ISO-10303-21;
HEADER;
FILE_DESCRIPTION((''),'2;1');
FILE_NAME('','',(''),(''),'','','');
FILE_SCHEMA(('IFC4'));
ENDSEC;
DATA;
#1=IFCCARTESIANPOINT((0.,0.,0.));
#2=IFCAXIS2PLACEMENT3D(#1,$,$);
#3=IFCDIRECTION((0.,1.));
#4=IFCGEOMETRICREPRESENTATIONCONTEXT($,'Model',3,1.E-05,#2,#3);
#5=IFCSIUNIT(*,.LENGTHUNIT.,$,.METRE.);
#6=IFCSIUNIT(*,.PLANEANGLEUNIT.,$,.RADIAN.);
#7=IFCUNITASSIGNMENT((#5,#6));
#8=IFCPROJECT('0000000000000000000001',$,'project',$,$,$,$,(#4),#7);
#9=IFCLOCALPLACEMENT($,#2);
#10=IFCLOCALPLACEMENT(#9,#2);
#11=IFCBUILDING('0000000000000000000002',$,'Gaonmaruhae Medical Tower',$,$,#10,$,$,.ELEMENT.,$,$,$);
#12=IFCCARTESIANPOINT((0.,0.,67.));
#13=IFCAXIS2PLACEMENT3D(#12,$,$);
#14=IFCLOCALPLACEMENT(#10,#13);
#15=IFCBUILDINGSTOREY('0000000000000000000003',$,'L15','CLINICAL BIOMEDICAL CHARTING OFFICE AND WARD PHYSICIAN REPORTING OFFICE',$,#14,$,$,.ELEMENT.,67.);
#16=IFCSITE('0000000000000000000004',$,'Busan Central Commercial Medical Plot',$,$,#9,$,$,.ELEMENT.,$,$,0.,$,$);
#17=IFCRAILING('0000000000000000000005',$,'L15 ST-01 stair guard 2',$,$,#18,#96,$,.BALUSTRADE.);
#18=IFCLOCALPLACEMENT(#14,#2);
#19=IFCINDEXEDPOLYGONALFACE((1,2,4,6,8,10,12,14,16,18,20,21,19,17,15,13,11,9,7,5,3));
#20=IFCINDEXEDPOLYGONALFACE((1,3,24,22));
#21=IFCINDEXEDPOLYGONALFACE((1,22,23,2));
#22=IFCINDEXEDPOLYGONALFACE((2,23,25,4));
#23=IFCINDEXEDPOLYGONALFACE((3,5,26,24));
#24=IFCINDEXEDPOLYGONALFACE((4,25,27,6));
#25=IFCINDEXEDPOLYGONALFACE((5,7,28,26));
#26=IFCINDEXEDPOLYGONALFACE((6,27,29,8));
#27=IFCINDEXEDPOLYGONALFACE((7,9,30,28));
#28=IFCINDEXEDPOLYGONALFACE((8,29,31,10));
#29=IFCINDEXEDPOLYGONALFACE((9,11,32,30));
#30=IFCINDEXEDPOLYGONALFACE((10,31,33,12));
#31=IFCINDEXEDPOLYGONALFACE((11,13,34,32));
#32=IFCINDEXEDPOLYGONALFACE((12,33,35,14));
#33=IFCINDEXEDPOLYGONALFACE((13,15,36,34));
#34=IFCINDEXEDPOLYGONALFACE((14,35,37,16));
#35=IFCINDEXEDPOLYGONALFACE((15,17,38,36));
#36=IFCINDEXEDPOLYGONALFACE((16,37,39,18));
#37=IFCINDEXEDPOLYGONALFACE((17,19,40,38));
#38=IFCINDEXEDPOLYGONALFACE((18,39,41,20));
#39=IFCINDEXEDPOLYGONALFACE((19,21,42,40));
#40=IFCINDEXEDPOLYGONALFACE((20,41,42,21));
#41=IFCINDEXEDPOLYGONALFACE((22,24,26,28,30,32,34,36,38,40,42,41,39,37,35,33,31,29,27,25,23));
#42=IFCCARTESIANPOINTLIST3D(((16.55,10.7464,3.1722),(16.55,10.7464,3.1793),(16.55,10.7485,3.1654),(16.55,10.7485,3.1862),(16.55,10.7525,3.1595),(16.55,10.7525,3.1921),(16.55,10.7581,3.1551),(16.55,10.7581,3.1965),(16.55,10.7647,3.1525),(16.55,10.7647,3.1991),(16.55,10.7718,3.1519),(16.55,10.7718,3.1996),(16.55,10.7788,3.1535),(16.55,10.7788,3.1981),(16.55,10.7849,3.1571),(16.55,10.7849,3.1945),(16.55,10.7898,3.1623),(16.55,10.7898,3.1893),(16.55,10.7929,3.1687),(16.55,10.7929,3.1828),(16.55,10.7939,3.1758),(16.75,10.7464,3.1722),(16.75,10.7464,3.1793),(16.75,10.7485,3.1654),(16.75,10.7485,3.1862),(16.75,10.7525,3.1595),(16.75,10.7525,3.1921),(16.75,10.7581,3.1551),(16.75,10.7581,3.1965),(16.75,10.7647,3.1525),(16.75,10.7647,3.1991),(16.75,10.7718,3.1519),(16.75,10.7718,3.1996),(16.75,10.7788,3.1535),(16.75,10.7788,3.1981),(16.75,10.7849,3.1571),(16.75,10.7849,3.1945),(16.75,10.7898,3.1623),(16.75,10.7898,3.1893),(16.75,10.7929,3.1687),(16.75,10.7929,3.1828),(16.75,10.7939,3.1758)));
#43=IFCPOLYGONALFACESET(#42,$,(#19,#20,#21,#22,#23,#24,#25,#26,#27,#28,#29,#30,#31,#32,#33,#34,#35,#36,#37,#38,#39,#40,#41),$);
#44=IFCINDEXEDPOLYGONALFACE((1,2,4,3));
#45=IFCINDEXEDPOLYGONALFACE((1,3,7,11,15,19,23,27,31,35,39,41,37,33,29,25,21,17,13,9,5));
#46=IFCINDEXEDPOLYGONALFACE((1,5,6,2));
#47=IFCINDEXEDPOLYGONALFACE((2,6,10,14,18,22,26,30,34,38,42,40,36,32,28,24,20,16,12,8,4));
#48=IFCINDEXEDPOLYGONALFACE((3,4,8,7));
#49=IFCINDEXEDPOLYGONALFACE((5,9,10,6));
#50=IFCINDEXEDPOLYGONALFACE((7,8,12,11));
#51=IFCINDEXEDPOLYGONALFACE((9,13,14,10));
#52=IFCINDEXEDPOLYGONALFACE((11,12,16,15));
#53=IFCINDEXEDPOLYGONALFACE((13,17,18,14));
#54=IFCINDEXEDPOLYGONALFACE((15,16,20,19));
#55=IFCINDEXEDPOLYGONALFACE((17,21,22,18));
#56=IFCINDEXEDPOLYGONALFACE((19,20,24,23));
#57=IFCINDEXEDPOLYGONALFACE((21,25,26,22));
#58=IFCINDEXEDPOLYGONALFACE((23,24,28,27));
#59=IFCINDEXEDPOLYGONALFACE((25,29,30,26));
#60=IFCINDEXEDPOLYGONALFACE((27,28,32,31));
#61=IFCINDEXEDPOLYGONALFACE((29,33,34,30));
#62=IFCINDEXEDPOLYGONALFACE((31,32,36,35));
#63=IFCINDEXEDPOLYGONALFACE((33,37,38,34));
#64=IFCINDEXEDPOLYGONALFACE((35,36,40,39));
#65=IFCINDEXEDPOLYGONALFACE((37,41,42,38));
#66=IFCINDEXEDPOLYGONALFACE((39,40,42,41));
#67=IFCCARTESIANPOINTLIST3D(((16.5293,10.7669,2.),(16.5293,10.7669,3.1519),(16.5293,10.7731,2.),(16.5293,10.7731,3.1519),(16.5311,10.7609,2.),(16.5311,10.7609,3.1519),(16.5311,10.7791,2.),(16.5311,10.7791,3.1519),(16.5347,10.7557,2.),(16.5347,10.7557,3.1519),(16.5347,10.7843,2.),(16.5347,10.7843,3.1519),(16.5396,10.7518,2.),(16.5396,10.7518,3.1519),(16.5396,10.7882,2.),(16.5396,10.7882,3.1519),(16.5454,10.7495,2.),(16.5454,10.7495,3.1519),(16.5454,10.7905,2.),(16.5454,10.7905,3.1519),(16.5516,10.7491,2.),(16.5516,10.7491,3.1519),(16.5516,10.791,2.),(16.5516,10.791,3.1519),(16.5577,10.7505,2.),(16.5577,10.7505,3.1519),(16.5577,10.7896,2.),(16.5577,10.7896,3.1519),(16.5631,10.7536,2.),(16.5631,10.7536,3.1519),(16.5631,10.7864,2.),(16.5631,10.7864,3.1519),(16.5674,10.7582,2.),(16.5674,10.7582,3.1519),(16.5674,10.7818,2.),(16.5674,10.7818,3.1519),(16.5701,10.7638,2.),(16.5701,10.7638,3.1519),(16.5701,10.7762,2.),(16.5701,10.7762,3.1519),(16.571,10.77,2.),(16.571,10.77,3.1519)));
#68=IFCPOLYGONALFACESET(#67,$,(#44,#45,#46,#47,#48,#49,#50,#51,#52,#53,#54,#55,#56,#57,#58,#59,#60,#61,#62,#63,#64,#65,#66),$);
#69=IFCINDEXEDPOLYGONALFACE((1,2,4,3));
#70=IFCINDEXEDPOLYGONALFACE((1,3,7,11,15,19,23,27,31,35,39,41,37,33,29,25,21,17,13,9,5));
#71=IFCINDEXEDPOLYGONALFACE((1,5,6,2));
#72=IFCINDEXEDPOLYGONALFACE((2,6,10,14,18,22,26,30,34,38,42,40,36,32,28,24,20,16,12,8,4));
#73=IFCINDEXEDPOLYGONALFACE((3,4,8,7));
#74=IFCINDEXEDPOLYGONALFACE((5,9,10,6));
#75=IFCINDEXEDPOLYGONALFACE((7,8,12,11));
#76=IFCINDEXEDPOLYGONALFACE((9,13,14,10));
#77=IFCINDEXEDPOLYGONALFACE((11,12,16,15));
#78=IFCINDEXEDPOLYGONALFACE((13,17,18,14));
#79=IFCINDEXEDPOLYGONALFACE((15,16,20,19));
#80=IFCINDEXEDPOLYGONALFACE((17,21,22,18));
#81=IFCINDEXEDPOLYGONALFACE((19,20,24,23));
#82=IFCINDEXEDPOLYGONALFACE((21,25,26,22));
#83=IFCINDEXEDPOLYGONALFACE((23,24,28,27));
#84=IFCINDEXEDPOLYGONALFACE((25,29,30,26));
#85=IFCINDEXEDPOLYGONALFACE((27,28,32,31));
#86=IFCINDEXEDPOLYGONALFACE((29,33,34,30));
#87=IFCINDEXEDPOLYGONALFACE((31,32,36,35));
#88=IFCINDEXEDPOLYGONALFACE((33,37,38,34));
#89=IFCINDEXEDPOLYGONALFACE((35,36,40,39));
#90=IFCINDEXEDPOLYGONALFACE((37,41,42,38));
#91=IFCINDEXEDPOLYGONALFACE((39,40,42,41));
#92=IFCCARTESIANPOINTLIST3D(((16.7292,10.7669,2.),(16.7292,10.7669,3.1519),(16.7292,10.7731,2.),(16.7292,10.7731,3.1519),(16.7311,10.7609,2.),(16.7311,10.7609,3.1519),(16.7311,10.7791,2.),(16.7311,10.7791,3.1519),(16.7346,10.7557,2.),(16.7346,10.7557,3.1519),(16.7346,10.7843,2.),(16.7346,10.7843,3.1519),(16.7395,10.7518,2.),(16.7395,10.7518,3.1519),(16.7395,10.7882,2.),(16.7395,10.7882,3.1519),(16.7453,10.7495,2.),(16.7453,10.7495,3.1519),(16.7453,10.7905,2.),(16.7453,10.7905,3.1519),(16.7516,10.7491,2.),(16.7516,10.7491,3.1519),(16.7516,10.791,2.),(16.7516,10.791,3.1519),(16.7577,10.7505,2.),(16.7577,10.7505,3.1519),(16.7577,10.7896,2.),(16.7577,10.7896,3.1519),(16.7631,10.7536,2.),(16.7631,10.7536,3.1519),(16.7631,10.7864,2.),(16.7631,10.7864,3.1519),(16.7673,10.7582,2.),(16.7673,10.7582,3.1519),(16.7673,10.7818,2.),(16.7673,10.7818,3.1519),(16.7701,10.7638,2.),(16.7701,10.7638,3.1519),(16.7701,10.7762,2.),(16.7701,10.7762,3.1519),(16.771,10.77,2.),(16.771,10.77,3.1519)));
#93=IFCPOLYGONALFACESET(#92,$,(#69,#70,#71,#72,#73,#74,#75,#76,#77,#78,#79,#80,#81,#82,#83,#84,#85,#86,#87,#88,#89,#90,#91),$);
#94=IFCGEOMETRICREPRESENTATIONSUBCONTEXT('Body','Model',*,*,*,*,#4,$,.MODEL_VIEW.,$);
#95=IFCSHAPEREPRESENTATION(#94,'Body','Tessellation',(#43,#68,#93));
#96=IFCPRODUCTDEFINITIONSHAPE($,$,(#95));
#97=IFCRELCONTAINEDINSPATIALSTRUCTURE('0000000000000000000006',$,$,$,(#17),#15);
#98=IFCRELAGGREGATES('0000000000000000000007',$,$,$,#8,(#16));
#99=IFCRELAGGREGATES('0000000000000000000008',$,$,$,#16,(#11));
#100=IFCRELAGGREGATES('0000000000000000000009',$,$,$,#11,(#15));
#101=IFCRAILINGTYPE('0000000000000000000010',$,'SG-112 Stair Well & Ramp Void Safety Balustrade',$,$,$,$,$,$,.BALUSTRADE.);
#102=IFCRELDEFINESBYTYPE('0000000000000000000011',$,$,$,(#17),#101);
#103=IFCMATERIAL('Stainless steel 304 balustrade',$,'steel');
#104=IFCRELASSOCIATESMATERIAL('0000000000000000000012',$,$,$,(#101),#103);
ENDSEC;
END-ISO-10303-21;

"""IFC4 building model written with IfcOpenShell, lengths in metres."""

from ifc_helpers import new_model, si_unit, direction, frame, origin, origin_2d, place, context, subcontext, project, spatial, circle, extrude, material, type_object, element, save


model = new_model("IFC4")

# Units and contexts
model_context = context("Model", 3, precision=1e-05, world=origin(), true_north=direction((0.0, 1.0)))
body_context = subcontext(model_context, "Body", "Model", "MODEL_VIEW")
ifc_project = project(units=[si_unit("LENGTHUNIT", "METRE"), si_unit("PLANEANGLEUNIT", "RADIAN")], contexts=[model_context])

# Site, building, storey
site_placement = place(None, origin())
site = spatial("IfcSite", under=ifc_project, at=site_placement, Name="Busan Central Commercial Medical Plot", CompositionType="ELEMENT", RefElevation=0.0)
building_placement = place(site_placement, origin())
building = spatial("IfcBuilding", under=site, at=building_placement, Name="Gaonmaruhae Medical Tower", CompositionType="ELEMENT")
storey_placement = place(building_placement, frame((0.0, 0.0, 67.0)))
storey = spatial("IfcBuildingStorey", under=building, at=storey_placement, Name="L15", Description="CLINICAL BIOMEDICAL CHARTING OFFICE AND WARD PHYSICIAN REPORTING OFFICE", CompositionType="ELEMENT", Elevation=67.0)

# Railing
ifc_material_1 = material(Name="Stainless steel 304 balustrade", Category="steel")
railing_type_1 = type_object("IfcRailingType", Name="SG-112 Stair Well & Ramp Void Safety Balustrade", PredefinedType="BALUSTRADE", material=ifc_material_1)
railing_1_placement = place(storey_placement, frame((16.55, 10.77, 2.0)))
element("IfcRailing", 1, at=railing_1_placement, inside=storey, type_object=railing_type_1, Name="L15 ST-01 stair guard 2", PredefinedType="BALUSTRADE", context=body_context, shape_type="SweptSolid", body=[
    extrude(circle(Radius=0.0239, at=origin_2d()), frame((0.0, 0.0, 1.1758), z_axis=(1.0, 0.0, 0.0), x_axis=(0.0, 1.0, 0.0)), (0.0, 0.0, 1.0), 0.2),
    extrude(circle(Radius=0.021, at=origin_2d()), origin(), (0.0, 0.0, 1.0), 1.1519),
    extrude(circle(Radius=0.021, at=origin_2d()), frame((0.2, 0.0, 0.0)), (0.0, 0.0, 1.0), 1.1519),
])

save(model, "model.ifc")
